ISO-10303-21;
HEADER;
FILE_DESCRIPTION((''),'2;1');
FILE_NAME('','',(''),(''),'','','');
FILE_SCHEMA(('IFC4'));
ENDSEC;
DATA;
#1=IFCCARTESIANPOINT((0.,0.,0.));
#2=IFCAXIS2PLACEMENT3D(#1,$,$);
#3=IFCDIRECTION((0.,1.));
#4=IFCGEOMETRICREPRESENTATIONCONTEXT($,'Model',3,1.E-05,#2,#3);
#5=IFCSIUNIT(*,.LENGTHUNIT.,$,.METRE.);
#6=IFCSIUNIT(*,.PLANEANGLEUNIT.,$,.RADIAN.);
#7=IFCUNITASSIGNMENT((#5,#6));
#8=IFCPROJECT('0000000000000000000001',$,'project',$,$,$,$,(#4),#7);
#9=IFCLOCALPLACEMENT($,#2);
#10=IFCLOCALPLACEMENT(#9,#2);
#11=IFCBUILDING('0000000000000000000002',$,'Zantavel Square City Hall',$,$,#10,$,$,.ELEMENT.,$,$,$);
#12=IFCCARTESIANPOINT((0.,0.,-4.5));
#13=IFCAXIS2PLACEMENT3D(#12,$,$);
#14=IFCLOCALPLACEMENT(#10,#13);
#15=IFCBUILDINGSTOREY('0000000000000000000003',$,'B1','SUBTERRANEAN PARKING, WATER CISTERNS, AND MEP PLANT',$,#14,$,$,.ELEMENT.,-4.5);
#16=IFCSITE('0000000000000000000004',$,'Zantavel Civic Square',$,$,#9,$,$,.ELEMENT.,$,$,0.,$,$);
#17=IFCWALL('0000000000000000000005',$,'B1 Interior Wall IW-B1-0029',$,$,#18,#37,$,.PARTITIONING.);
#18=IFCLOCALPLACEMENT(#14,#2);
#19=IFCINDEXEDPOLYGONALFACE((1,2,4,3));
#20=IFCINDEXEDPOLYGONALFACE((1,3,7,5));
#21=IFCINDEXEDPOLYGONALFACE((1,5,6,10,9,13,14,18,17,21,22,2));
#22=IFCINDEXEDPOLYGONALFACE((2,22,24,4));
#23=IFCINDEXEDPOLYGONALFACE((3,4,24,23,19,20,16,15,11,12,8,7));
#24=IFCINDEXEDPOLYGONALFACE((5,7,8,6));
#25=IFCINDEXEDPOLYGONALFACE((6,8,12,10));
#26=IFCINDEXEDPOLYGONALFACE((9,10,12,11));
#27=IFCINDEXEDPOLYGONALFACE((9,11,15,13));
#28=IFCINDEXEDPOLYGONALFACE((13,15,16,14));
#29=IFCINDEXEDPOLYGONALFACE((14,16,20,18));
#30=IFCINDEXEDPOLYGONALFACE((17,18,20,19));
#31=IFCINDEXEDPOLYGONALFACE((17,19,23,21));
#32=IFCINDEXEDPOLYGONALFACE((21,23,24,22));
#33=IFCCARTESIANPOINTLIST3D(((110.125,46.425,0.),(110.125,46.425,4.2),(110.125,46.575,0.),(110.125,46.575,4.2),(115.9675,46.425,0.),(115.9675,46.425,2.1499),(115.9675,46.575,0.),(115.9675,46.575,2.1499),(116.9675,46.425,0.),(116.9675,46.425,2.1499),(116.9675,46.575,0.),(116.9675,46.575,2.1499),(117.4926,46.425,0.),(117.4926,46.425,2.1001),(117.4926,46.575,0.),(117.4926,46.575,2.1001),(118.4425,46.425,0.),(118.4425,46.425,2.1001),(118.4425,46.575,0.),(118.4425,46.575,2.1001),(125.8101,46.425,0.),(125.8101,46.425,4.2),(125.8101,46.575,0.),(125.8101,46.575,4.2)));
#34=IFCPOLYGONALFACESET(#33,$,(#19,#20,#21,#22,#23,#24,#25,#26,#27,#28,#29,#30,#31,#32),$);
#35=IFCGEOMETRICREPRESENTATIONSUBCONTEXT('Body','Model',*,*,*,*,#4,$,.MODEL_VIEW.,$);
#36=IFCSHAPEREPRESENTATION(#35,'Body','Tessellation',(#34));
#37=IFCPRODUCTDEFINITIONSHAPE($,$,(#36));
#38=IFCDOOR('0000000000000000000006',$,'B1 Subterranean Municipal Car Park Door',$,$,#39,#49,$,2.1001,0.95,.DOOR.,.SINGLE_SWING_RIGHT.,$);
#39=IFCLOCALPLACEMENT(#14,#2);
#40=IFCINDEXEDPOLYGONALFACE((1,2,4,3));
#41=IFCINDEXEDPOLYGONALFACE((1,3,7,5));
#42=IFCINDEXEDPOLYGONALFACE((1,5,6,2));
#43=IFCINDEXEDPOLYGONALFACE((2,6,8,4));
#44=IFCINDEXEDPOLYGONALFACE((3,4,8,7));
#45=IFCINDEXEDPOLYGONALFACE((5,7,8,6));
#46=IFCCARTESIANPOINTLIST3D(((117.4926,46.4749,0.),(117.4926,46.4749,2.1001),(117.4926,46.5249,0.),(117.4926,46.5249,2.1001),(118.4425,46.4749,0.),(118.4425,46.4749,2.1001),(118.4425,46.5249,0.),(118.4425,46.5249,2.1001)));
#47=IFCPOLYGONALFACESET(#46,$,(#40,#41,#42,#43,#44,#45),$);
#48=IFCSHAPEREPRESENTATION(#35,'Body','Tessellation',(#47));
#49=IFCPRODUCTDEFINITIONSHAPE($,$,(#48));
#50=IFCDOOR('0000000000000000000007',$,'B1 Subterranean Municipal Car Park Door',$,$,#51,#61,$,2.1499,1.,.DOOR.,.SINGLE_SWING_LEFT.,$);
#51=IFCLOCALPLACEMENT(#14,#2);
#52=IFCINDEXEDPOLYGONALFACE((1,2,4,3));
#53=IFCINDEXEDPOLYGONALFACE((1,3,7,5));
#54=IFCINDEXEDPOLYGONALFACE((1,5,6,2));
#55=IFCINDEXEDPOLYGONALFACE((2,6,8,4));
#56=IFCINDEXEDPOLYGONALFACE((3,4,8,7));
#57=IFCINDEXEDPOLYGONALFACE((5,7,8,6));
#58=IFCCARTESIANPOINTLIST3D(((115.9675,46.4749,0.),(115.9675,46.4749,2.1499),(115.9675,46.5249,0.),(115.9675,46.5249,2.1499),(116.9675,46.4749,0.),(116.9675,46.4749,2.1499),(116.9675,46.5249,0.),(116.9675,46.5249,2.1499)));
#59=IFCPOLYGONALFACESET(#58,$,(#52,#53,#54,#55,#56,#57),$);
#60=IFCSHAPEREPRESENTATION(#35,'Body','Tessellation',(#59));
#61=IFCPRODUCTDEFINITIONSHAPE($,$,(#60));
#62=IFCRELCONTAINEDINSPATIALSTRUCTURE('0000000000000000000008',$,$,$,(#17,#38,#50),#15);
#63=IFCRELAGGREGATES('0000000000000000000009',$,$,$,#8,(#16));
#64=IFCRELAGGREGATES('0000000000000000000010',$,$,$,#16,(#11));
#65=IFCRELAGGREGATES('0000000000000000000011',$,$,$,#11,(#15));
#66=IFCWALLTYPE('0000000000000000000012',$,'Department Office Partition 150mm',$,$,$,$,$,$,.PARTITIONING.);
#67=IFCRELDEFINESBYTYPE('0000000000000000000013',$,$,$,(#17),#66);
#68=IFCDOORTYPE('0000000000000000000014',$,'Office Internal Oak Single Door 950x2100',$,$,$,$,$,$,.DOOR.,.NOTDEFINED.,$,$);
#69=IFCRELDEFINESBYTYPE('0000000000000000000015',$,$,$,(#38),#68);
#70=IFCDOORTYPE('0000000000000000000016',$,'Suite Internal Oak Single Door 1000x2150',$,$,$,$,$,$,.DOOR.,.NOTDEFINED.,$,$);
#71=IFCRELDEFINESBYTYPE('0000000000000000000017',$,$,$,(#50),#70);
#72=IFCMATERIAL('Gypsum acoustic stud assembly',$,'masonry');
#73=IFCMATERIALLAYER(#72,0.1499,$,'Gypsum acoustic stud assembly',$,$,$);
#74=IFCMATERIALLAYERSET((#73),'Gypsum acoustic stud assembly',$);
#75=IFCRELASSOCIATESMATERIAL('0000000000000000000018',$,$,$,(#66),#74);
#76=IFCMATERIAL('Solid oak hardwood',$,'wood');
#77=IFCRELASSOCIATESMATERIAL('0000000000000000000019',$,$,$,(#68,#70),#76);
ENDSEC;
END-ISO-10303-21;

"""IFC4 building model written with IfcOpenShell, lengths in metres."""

from ifc_helpers import new_model, si_unit, direction, frame, frame_2d, origin, place, context, subcontext, project, spatial, rectangle, extrude, material, layer, layer_set, type_object, element, fill, save


model = new_model("IFC4")

# Units and contexts
model_context = context("Model", 3, precision=1e-05, world=origin(), true_north=direction((0.0, 1.0)))
body_context = subcontext(model_context, "Body", "Model", "MODEL_VIEW")
ifc_project = project(units=[si_unit("LENGTHUNIT", "METRE"), si_unit("PLANEANGLEUNIT", "RADIAN")], contexts=[model_context])

# Site, building, storey
site_placement = place(None, origin())
site = spatial("IfcSite", under=ifc_project, at=site_placement, Name="Zantavel Civic Square", CompositionType="ELEMENT", RefElevation=0.0)
building_placement = place(site_placement, origin())
building = spatial("IfcBuilding", under=site, at=building_placement, Name="Zantavel Square City Hall", CompositionType="ELEMENT")
storey_placement = place(building_placement, frame((0.0, 0.0, -4.5)))
storey = spatial("IfcBuildingStorey", under=building, at=storey_placement, Name="B1", Description="SUBTERRANEAN PARKING, WATER CISTERNS, AND MEP PLANT", CompositionType="ELEMENT", Elevation=-4.5)

# Wall, openings, doors
ifc_material_1 = material(Name="Gypsum acoustic stud assembly", Category="masonry")
ifc_layer_1 = layer(ifc_material_1, 0.1499, Name="Gypsum acoustic stud assembly")
ifc_layer_set_1 = layer_set([ifc_layer_1], Name="Gypsum acoustic stud assembly")
wall_type_1 = type_object("IfcWallType", Name="Department Office Partition 150mm", PredefinedType="PARTITIONING", material=ifc_layer_set_1)
wall_1_placement = place(storey_placement, frame((110.125, 46.5, 0.0), z_axis=(0.0, 0.0, 1.0), x_axis=(1.0, 0.0, 0.0)))
wall_1 = element("IfcWall", 1, at=wall_1_placement, inside=storey, type_object=wall_type_1, Name="B1 Interior Wall IW-B1-0029", PredefinedType="PARTITIONING", context=body_context, shape_type="SweptSolid", body=[
    extrude(rectangle(XDim=15.6851, YDim=0.1499, at=frame_2d((7.8425, 0.0))), origin(), (0.0, 0.0, 1.0), 4.2),
])
opening_1_placement = place(wall_1_placement, frame((7.3674, 0.0, 0.0)))
opening_1 = element("IfcOpeningElement", 2, at=opening_1_placement, cuts=wall_1, PredefinedType="OPENING", context=body_context, shape_type="SweptSolid", body=[
    extrude(rectangle(XDim=0.95, YDim=2.1001, at=frame_2d((0.4751, 1.05))), frame((0.0, 0.085, 0.0), z_axis=(0.0, -1.0, 0.0), x_axis=(1.0, 0.0, 0.0)), (0.0, 0.0, 1.0), 0.1699),
])
opening_2_placement = place(wall_1_placement, frame((5.8425, 0.0, 0.0)))
opening_2 = element("IfcOpeningElement", 3, at=opening_2_placement, cuts=wall_1, PredefinedType="OPENING", context=body_context, shape_type="SweptSolid", body=[
    extrude(rectangle(XDim=1.0, YDim=2.1499, at=frame_2d((0.5, 1.075))), frame((0.0, 0.085, 0.0), z_axis=(0.0, -1.0, 0.0), x_axis=(1.0, 0.0, 0.0)), (0.0, 0.0, 1.0), 0.1699),
])
ifc_material_2 = material(Name="Solid oak hardwood", Category="wood")
door_type_1 = type_object("IfcDoorType", Name="Office Internal Oak Single Door 950x2100", OperationType="NOTDEFINED", PredefinedType="DOOR", material=ifc_material_2)
door_1_placement = place(opening_1_placement, origin())
door_1 = element("IfcDoor", 4, at=door_1_placement, inside=storey, type_object=door_type_1, Name="B1 Subterranean Municipal Car Park Door", OperationType="SINGLE_SWING_RIGHT", OverallHeight=2.1001, OverallWidth=0.95, PredefinedType="DOOR", context=body_context, shape_type="SweptSolid", body=[
    extrude(rectangle(XDim=0.95, YDim=2.1001, at=frame_2d((0.4751, 1.05))), frame((0.0, 0.0249, 0.0), z_axis=(0.0, -1.0, 0.0), x_axis=(1.0, 0.0, 0.0)), (0.0, 0.0, 1.0), 0.05),
])
fill(opening_1, door_1)
door_type_2 = type_object("IfcDoorType", Name="Suite Internal Oak Single Door 1000x2150", OperationType="NOTDEFINED", PredefinedType="DOOR", material=ifc_material_2)
door_2_placement = place(opening_2_placement, origin())
door_2 = element("IfcDoor", 5, at=door_2_placement, inside=storey, type_object=door_type_2, Name="B1 Subterranean Municipal Car Park Door", OperationType="SINGLE_SWING_LEFT", OverallHeight=2.1499, OverallWidth=1.0, PredefinedType="DOOR", context=body_context, shape_type="SweptSolid", body=[
    extrude(rectangle(XDim=1.0, YDim=2.1499, at=frame_2d((0.5, 1.075))), frame((0.0, 0.0249, 0.0), z_axis=(0.0, -1.0, 0.0), x_axis=(1.0, 0.0, 0.0)), (0.0, 0.0, 1.0), 0.05),
])
fill(opening_2, door_2)

save(model, "model.ifc")
